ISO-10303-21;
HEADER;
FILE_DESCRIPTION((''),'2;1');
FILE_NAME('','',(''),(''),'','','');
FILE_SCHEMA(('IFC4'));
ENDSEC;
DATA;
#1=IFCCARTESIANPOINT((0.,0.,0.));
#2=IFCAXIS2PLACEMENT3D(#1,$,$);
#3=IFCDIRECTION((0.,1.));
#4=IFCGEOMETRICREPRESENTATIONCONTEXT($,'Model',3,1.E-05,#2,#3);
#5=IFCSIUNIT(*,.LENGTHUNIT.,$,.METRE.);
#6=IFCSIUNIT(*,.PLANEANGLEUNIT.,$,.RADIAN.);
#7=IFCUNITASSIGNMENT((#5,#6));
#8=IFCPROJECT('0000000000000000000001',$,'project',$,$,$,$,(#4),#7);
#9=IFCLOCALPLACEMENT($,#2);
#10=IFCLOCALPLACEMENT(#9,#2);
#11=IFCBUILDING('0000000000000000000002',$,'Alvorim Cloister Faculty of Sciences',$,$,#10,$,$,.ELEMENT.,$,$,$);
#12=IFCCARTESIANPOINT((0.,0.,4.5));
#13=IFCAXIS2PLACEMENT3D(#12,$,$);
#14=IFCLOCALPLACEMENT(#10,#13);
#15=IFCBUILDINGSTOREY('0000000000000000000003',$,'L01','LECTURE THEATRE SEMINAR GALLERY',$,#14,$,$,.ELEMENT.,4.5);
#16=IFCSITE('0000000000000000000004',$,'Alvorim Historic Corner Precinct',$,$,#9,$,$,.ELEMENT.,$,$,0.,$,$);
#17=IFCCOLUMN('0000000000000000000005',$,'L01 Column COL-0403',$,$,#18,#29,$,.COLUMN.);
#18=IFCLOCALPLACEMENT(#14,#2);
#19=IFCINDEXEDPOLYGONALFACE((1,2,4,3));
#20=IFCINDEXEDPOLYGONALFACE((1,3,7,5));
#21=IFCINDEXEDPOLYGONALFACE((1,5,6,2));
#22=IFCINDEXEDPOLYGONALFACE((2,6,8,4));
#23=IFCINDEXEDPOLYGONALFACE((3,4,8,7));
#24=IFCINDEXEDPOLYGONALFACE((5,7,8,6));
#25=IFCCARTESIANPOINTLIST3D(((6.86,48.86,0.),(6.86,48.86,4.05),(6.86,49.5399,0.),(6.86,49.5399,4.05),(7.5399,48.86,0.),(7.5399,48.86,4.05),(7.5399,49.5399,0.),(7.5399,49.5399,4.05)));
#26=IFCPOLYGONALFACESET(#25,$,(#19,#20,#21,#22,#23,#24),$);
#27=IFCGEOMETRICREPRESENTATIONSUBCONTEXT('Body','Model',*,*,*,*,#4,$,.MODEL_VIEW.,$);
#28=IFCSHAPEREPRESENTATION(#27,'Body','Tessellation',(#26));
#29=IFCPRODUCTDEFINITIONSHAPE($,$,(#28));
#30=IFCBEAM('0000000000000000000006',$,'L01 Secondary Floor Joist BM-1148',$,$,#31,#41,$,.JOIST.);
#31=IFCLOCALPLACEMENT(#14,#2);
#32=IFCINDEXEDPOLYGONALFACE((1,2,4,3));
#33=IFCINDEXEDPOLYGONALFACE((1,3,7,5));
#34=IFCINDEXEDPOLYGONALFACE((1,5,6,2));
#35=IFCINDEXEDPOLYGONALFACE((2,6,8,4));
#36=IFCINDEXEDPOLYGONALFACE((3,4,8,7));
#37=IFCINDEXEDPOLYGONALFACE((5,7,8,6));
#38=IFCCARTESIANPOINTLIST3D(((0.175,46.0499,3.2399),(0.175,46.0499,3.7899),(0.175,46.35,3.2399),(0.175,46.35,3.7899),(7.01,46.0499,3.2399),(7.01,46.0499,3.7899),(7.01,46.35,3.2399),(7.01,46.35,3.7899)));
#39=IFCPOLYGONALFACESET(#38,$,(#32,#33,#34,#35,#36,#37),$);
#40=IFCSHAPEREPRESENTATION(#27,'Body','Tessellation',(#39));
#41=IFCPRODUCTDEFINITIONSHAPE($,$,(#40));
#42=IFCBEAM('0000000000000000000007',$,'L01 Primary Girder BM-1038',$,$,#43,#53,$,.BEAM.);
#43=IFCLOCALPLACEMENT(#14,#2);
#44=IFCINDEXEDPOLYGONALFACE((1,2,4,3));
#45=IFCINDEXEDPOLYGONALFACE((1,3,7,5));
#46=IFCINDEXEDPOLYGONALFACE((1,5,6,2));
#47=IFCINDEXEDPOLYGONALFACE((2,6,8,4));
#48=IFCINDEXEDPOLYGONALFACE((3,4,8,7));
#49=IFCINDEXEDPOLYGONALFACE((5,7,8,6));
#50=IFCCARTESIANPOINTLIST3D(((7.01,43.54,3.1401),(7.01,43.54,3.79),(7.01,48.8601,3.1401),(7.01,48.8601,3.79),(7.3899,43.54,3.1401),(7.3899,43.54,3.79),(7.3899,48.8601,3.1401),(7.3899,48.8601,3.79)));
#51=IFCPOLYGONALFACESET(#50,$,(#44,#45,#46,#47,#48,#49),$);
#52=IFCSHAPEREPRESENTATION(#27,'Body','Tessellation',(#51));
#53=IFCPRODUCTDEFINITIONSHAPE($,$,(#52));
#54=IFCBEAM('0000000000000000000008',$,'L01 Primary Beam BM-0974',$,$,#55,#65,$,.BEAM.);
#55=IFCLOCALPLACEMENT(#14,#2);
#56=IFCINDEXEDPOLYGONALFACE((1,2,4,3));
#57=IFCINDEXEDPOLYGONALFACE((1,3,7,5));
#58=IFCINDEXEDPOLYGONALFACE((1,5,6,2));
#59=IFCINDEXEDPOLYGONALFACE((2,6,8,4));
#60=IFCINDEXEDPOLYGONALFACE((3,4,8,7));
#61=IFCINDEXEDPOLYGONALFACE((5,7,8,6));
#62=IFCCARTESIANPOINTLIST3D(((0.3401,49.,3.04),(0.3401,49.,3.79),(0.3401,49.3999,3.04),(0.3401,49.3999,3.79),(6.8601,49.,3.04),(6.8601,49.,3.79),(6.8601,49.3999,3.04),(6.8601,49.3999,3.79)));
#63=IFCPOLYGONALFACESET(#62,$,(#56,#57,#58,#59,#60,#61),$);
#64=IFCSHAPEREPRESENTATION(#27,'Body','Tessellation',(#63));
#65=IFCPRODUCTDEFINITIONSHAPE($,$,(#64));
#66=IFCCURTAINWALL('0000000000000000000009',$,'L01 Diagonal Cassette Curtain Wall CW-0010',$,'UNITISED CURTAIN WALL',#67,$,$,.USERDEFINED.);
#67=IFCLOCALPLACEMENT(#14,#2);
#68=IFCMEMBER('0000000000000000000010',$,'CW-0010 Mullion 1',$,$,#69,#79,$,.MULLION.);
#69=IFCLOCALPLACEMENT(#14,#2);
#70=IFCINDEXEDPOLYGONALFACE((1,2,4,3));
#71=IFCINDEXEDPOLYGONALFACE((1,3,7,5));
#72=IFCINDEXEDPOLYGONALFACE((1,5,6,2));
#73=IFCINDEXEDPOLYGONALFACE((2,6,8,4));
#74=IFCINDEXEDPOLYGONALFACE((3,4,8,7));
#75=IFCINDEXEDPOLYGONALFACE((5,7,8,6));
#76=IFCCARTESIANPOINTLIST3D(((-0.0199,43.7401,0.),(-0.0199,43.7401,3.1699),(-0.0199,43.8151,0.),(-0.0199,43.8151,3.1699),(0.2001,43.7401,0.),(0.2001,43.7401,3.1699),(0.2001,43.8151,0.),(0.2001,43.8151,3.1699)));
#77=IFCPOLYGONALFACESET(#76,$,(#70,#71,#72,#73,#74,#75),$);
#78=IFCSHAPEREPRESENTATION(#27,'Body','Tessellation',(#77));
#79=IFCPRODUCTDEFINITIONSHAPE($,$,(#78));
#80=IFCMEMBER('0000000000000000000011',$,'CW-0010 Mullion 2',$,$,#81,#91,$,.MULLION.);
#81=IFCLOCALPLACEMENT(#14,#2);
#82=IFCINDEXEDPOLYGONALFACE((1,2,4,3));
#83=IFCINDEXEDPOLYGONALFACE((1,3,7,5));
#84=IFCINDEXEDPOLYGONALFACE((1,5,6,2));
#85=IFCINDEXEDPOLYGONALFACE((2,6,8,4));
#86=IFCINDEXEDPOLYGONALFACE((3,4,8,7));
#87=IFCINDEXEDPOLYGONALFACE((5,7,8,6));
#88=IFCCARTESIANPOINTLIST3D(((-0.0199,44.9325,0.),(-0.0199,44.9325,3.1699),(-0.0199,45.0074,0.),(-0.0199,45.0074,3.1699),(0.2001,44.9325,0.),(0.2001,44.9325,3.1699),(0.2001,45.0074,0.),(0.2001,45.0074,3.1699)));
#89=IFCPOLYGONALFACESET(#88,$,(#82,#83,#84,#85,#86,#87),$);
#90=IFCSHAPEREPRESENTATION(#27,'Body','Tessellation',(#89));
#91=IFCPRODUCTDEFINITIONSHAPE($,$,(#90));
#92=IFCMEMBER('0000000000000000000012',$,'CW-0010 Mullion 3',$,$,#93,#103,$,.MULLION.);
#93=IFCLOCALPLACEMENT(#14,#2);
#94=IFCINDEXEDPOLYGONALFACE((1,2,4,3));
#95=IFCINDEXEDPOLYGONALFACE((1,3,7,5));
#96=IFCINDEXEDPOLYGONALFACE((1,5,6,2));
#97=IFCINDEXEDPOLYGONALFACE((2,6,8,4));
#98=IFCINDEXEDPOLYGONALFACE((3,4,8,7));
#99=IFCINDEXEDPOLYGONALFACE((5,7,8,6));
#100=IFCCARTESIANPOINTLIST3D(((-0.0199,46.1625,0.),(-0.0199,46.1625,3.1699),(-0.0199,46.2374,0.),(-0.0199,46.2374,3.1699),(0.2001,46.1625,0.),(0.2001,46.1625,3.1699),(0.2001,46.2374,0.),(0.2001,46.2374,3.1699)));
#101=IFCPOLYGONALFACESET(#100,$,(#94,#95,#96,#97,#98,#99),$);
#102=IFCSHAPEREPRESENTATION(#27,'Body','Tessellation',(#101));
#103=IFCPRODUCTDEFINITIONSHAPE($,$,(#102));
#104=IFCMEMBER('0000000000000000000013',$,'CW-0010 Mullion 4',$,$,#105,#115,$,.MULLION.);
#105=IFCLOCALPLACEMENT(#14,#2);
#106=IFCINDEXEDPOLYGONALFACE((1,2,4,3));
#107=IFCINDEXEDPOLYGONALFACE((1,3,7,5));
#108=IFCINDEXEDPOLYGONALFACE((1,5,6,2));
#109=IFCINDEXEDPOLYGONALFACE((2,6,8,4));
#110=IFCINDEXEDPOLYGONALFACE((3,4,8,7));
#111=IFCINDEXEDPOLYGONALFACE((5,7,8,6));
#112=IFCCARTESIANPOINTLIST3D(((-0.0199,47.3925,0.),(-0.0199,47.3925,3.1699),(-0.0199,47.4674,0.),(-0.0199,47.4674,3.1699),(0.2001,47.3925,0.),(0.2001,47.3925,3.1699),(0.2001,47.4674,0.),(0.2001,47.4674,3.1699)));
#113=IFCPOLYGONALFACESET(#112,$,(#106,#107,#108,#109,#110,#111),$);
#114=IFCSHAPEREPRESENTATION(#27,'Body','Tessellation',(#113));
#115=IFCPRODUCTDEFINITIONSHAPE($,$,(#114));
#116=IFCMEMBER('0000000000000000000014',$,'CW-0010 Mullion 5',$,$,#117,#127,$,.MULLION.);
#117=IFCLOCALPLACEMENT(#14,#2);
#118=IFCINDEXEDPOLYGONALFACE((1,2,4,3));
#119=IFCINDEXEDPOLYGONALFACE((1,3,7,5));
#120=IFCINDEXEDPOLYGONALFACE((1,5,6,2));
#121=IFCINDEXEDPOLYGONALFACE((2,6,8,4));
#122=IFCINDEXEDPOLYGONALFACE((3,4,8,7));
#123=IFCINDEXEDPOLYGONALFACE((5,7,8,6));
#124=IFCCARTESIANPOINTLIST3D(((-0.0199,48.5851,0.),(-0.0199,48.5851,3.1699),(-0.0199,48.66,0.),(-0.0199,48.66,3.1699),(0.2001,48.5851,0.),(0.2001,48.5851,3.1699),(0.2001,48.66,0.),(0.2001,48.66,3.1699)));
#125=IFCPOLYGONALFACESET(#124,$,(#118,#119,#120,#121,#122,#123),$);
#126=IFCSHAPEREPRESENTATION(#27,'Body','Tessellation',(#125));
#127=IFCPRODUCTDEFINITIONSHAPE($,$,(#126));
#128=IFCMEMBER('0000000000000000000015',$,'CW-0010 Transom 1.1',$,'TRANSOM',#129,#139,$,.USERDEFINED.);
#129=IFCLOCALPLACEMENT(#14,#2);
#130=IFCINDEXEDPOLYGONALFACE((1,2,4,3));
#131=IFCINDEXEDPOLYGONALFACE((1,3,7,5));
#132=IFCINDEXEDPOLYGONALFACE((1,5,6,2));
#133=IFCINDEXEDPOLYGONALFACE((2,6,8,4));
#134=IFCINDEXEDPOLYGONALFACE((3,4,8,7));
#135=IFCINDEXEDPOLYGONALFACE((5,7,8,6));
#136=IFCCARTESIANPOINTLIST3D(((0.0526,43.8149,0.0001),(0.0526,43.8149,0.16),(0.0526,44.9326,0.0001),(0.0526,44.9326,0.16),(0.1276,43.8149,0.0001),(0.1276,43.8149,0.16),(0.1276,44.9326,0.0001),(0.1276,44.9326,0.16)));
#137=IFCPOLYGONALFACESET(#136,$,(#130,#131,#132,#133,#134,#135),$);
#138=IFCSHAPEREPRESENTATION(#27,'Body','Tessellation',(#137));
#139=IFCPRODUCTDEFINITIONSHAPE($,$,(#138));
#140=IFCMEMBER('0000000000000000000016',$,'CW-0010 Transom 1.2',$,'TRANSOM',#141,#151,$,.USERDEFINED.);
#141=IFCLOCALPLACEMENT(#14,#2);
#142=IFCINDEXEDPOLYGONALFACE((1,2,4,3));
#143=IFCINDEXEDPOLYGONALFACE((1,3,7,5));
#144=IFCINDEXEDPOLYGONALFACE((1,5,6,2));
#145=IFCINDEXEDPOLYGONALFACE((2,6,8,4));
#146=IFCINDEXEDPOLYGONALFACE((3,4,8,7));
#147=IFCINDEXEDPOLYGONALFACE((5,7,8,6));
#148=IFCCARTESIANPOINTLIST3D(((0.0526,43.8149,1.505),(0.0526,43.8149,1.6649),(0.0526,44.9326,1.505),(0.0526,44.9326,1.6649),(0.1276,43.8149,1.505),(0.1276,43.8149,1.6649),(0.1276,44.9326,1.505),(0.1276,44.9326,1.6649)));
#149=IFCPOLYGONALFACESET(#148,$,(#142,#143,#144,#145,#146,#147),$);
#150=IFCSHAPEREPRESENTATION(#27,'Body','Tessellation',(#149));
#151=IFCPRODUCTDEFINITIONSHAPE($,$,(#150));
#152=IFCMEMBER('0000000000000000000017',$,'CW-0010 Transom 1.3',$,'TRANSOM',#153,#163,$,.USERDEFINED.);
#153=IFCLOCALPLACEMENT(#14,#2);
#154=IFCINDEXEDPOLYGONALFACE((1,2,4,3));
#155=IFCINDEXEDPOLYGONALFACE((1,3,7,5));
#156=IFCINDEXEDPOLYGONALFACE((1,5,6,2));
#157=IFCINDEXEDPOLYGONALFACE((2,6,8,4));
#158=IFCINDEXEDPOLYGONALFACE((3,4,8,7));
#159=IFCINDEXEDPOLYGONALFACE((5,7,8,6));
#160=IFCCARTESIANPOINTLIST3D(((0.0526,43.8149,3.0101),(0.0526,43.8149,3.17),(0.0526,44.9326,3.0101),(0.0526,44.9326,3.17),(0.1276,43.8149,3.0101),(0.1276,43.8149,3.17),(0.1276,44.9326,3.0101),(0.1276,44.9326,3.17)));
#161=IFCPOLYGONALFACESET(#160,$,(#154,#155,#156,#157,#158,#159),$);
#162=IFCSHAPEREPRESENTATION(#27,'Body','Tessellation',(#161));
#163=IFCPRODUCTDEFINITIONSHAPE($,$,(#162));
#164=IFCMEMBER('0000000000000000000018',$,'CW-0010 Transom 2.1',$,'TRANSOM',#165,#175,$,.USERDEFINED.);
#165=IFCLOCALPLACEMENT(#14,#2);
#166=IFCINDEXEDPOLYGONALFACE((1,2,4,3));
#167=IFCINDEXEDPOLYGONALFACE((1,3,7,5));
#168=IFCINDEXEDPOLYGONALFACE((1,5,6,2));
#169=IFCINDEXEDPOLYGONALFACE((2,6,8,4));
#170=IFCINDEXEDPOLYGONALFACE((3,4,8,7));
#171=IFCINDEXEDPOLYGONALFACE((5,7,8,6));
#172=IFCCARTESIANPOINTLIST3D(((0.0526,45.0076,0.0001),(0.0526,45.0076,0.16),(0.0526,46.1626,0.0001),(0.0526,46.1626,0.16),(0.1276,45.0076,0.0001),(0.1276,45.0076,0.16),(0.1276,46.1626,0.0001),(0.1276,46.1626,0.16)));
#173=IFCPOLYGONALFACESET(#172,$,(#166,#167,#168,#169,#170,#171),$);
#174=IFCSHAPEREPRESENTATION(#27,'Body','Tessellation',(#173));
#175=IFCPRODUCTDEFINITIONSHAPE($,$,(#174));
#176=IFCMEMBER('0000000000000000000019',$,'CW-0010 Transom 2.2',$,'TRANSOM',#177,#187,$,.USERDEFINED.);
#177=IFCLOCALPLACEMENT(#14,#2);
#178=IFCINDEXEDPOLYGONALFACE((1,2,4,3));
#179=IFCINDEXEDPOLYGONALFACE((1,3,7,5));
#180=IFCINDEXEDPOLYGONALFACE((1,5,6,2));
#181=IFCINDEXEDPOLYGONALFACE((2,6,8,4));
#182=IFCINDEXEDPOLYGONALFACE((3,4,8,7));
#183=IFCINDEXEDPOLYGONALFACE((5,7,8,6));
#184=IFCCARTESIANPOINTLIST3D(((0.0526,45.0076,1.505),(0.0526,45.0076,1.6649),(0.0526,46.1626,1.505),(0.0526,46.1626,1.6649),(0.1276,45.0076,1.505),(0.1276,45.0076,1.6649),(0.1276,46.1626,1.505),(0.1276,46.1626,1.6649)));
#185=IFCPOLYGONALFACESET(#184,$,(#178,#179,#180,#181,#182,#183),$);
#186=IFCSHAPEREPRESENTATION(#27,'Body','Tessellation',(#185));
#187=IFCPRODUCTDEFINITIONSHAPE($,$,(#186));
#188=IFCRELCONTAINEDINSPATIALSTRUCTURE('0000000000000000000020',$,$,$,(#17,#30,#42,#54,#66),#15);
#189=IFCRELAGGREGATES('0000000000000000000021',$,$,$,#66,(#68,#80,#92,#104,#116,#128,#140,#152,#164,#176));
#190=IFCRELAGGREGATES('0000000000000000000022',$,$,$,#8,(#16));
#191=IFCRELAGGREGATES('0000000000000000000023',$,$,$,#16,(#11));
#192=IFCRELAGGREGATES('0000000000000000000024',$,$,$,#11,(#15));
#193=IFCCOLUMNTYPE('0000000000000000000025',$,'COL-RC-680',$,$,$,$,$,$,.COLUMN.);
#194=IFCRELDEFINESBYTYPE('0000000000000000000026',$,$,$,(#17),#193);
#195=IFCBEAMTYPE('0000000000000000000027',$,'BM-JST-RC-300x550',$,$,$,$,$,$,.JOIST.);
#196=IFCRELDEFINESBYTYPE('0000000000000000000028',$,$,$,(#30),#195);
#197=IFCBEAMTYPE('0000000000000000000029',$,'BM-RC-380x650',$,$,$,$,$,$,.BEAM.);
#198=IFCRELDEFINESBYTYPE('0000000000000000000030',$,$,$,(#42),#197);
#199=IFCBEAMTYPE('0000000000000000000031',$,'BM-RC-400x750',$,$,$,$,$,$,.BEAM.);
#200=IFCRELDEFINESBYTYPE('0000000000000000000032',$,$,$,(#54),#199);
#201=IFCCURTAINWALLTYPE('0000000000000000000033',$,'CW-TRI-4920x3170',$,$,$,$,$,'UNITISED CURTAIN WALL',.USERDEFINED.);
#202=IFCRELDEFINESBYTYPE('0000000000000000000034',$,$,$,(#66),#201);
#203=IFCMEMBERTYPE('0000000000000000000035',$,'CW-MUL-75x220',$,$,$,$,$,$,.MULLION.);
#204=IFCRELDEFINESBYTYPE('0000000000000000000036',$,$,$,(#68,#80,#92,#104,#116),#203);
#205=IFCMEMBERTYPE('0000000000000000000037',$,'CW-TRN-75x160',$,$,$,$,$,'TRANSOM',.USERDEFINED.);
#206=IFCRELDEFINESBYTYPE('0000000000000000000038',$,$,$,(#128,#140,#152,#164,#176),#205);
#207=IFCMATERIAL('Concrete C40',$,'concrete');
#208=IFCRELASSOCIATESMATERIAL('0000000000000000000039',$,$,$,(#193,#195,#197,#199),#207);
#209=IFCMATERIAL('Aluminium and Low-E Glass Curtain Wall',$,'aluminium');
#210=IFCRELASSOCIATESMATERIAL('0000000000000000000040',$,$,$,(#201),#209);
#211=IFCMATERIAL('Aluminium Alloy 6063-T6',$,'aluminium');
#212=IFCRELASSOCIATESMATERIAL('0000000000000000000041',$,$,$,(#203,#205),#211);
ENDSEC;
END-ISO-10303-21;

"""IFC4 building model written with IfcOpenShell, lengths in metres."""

from ifc_helpers import new_model, si_unit, direction, frame, origin, origin_2d, place, context, subcontext, project, spatial, rectangle, extrude, material, material_profile, profile_set, type_object, element, aggregate, save


model = new_model("IFC4")

# Units and contexts
model_context = context("Model", 3, precision=1e-05, world=origin(), true_north=direction((0.0, 1.0)))
body_context = subcontext(model_context, "Body", "Model", "MODEL_VIEW")
ifc_project = project(units=[si_unit("LENGTHUNIT", "METRE"), si_unit("PLANEANGLEUNIT", "RADIAN")], contexts=[model_context])

# Site, building, storey
site_placement = place(None, origin())
site = spatial("IfcSite", under=ifc_project, at=site_placement, Name="Alvorim Historic Corner Precinct", CompositionType="ELEMENT", RefElevation=0.0)
building_placement = place(site_placement, origin())
building = spatial("IfcBuilding", under=site, at=building_placement, Name="Alvorim Cloister Faculty of Sciences", CompositionType="ELEMENT")
storey_placement = place(building_placement, frame((0.0, 0.0, 4.5)))
storey = spatial("IfcBuildingStorey", under=building, at=storey_placement, Name="L01", Description="LECTURE THEATRE SEMINAR GALLERY", CompositionType="ELEMENT", Elevation=4.5)

# Column
ifc_material_1 = material(Name="Concrete C40", Category="concrete")
ifc_material_profile_1 = material_profile(ifc_material_1, rectangle(XDim=0.6799, YDim=0.6799, at=origin_2d()), Name="RC40-COL-680x680")
ifc_profile_set_1 = profile_set([ifc_material_profile_1], Name="Concrete C40")
column_type = type_object("IfcColumnType", Name="COL-RC-680", PredefinedType="COLUMN", material=ifc_profile_set_1)
column_placement = place(storey_placement, frame((7.2, 49.2, 0.0), z_axis=(0.0, 0.0, 1.0), x_axis=(1.0, 0.0, 0.0)))
element("IfcColumn", 1, at=column_placement, inside=storey, type_object=column_type, Name="L01 Column COL-0403", PredefinedType="COLUMN", context=body_context, shape_type="SweptSolid", body=[
    extrude(rectangle(XDim=0.6799, YDim=0.6799, at=origin_2d()), origin(), (0.0, 0.0, 1.0), 4.05),
])

# Beams
ifc_material_profile_2 = material_profile(ifc_material_1, rectangle(XDim=0.3, YDim=0.55, at=origin_2d()), Name="RC40-JST-300x550")
ifc_profile_set_2 = profile_set([ifc_material_profile_2], Name="Concrete C40")
beam_type_1 = type_object("IfcBeamType", Name="BM-JST-RC-300x550", PredefinedType="JOIST", material=ifc_profile_set_2)
beam_1_placement = place(storey_placement, frame((0.175, 46.2, 3.5149), z_axis=(1.0, 0.0, 0.0), x_axis=(0.0, 1.0, 0.0)))
element("IfcBeam", 2, at=beam_1_placement, inside=storey, type_object=beam_type_1, Name="L01 Secondary Floor Joist BM-1148", PredefinedType="JOIST", context=body_context, shape_type="SweptSolid", body=[
    extrude(rectangle(XDim=0.3, YDim=0.55, at=origin_2d()), origin(), (0.0, 0.0, 1.0), 6.835),
])
ifc_material_profile_3 = material_profile(ifc_material_1, rectangle(XDim=0.3799, YDim=0.6499, at=origin_2d()), Name="RC40-BM-380x650")
ifc_profile_set_3 = profile_set([ifc_material_profile_3], Name="Concrete C40")
beam_type_2 = type_object("IfcBeamType", Name="BM-RC-380x650", PredefinedType="BEAM", material=ifc_profile_set_3)
beam_2_placement = place(storey_placement, frame((7.2, 43.54, 3.4651), z_axis=(0.0, 1.0, 0.0), x_axis=(-1.0, 0.0, 0.0)))
element("IfcBeam", 3, at=beam_2_placement, inside=storey, type_object=beam_type_2, Name="L01 Primary Girder BM-1038", PredefinedType="BEAM", context=body_context, shape_type="SweptSolid", body=[
    extrude(rectangle(XDim=0.3799, YDim=0.6499, at=origin_2d()), origin(), (0.0, 0.0, 1.0), 5.3201),
])
ifc_material_profile_4 = material_profile(ifc_material_1, rectangle(XDim=0.3999, YDim=0.75, at=origin_2d()), Name="RC40-BM-400x750")
ifc_profile_set_4 = profile_set([ifc_material_profile_4], Name="Concrete C40")
beam_type_3 = type_object("IfcBeamType", Name="BM-RC-400x750", PredefinedType="BEAM", material=ifc_profile_set_4)
beam_3_placement = place(storey_placement, frame((0.3401, 49.2, 3.415), z_axis=(1.0, 0.0, 0.0), x_axis=(0.0, 1.0, 0.0)))
element("IfcBeam", 4, at=beam_3_placement, inside=storey, type_object=beam_type_3, Name="L01 Primary Beam BM-0974", PredefinedType="BEAM", context=body_context, shape_type="SweptSolid", body=[
    extrude(rectangle(XDim=0.3999, YDim=0.75, at=origin_2d()), origin(), (0.0, 0.0, 1.0), 6.52),
])

# Curtain wall, members
ifc_material_2 = material(Name="Aluminium and Low-E Glass Curtain Wall", Category="aluminium")
curtain_wall_type = type_object("IfcCurtainWallType", Name="CW-TRI-4920x3170", ElementType="UNITISED CURTAIN WALL", PredefinedType="USERDEFINED", material=ifc_material_2)
curtain_wall_placement = place(storey_placement, origin())
curtain_wall = element("IfcCurtainWall", 5, at=curtain_wall_placement, inside=storey, type_object=curtain_wall_type, Name="L01 Diagonal Cassette Curtain Wall CW-0010", ObjectType="UNITISED CURTAIN WALL", PredefinedType="USERDEFINED")
ifc_material_3 = material(Name="Aluminium Alloy 6063-T6", Category="aluminium")
ifc_material_profile_5 = material_profile(ifc_material_3, rectangle(XDim=0.075, YDim=0.22, at=origin_2d()), Name="ALU-MUL-75x220")
ifc_profile_set_5 = profile_set([ifc_material_profile_5], Name="Aluminium Alloy 6063-T6")
member_type_1 = type_object("IfcMemberType", Name="CW-MUL-75x220", PredefinedType="MULLION", material=ifc_profile_set_5)
member_1_placement = place(storey_placement, frame((0.0901, 43.7776, 0.0), z_axis=(0.0, 0.0, 1.0), x_axis=(0.0, 1.0, 0.0)))
member_1 = element("IfcMember", 6, at=member_1_placement, type_object=member_type_1, Name="CW-0010 Mullion 1", PredefinedType="MULLION", context=body_context, shape_type="SweptSolid", body=[
    extrude(rectangle(XDim=0.075, YDim=0.22, at=origin_2d()), origin(), (0.0, 0.0, 1.0), 3.1699),
])
member_2_placement = place(storey_placement, frame((0.0901, 44.97, 0.0), z_axis=(0.0, 0.0, 1.0), x_axis=(0.0, 1.0, 0.0)))
member_2 = element("IfcMember", 7, at=member_2_placement, type_object=member_type_1, Name="CW-0010 Mullion 2", PredefinedType="MULLION", context=body_context, shape_type="SweptSolid", body=[
    extrude(rectangle(XDim=0.075, YDim=0.22, at=origin_2d()), origin(), (0.0, 0.0, 1.0), 3.1699),
])
member_3_placement = place(storey_placement, frame((0.0901, 46.2, 0.0), z_axis=(0.0, 0.0, 1.0), x_axis=(0.0, 1.0, 0.0)))
member_3 = element("IfcMember", 8, at=member_3_placement, type_object=member_type_1, Name="CW-0010 Mullion 3", PredefinedType="MULLION", context=body_context, shape_type="SweptSolid", body=[
    extrude(rectangle(XDim=0.075, YDim=0.22, at=origin_2d()), origin(), (0.0, 0.0, 1.0), 3.1699),
])
member_4_placement = place(storey_placement, frame((0.0901, 47.4299, 0.0), z_axis=(0.0, 0.0, 1.0), x_axis=(0.0, 1.0, 0.0)))
member_4 = element("IfcMember", 9, at=member_4_placement, type_object=member_type_1, Name="CW-0010 Mullion 4", PredefinedType="MULLION", context=body_context, shape_type="SweptSolid", body=[
    extrude(rectangle(XDim=0.075, YDim=0.22, at=origin_2d()), origin(), (0.0, 0.0, 1.0), 3.1699),
])
member_5_placement = place(storey_placement, frame((0.0901, 48.6226, 0.0), z_axis=(0.0, 0.0, 1.0), x_axis=(0.0, 1.0, 0.0)))
member_5 = element("IfcMember", 10, at=member_5_placement, type_object=member_type_1, Name="CW-0010 Mullion 5", PredefinedType="MULLION", context=body_context, shape_type="SweptSolid", body=[
    extrude(rectangle(XDim=0.075, YDim=0.22, at=origin_2d()), origin(), (0.0, 0.0, 1.0), 3.1699),
])
ifc_material_profile_6 = material_profile(ifc_material_3, rectangle(XDim=0.075, YDim=0.1599, at=origin_2d()), Name="ALU-TRN-75x160")
ifc_profile_set_6 = profile_set([ifc_material_profile_6], Name="Aluminium Alloy 6063-T6")
member_type_2 = type_object("IfcMemberType", Name="CW-TRN-75x160", ElementType="TRANSOM", PredefinedType="USERDEFINED", material=ifc_profile_set_6)
member_6_placement = place(storey_placement, frame((0.0901, 43.8149, 0.0801), z_axis=(0.0, 1.0, 0.0), x_axis=(-1.0, 0.0, 0.0)))
member_6 = element("IfcMember", 11, at=member_6_placement, type_object=member_type_2, Name="CW-0010 Transom 1.1", ObjectType="TRANSOM", PredefinedType="USERDEFINED", context=body_context, shape_type="SweptSolid", body=[
    extrude(rectangle(XDim=0.075, YDim=0.1599, at=origin_2d()), origin(), (0.0, 0.0, 1.0), 1.1177),
])
member_7_placement = place(storey_placement, frame((0.0901, 43.8149, 1.585), z_axis=(0.0, 1.0, 0.0), x_axis=(-1.0, 0.0, 0.0)))
member_7 = element("IfcMember", 12, at=member_7_placement, type_object=member_type_2, Name="CW-0010 Transom 1.2", ObjectType="TRANSOM", PredefinedType="USERDEFINED", context=body_context, shape_type="SweptSolid", body=[
    extrude(rectangle(XDim=0.075, YDim=0.1599, at=origin_2d()), origin(), (0.0, 0.0, 1.0), 1.1177),
])
member_8_placement = place(storey_placement, frame((0.0901, 43.8149, 3.0901), z_axis=(0.0, 1.0, 0.0), x_axis=(-1.0, 0.0, 0.0)))
member_8 = element("IfcMember", 13, at=member_8_placement, type_object=member_type_2, Name="CW-0010 Transom 1.3", ObjectType="TRANSOM", PredefinedType="USERDEFINED", context=body_context, shape_type="SweptSolid", body=[
    extrude(rectangle(XDim=0.075, YDim=0.1599, at=origin_2d()), origin(), (0.0, 0.0, 1.0), 1.1177),
])
member_9_placement = place(storey_placement, frame((0.0901, 45.0076, 0.0801), z_axis=(0.0, 1.0, 0.0), x_axis=(-1.0, 0.0, 0.0)))
member_9 = element("IfcMember", 14, at=member_9_placement, type_object=member_type_2, Name="CW-0010 Transom 2.1", ObjectType="TRANSOM", PredefinedType="USERDEFINED", context=body_context, shape_type="SweptSolid", body=[
    extrude(rectangle(XDim=0.075, YDim=0.1599, at=origin_2d()), origin(), (0.0, 0.0, 1.0), 1.155),
])
member_10_placement = place(storey_placement, frame((0.0901, 45.0076, 1.585), z_axis=(0.0, 1.0, 0.0), x_axis=(-1.0, 0.0, 0.0)))
member_10 = element("IfcMember", 15, at=member_10_placement, type_object=member_type_2, Name="CW-0010 Transom 2.2", ObjectType="TRANSOM", PredefinedType="USERDEFINED", context=body_context, shape_type="SweptSolid", body=[
    extrude(rectangle(XDim=0.075, YDim=0.1599, at=origin_2d()), origin(), (0.0, 0.0, 1.0), 1.155),
])
aggregate(curtain_wall, [member_1, member_2, member_3, member_4, member_5, member_6, member_7, member_8, member_9, member_10])

save(model, "model.ifc")
